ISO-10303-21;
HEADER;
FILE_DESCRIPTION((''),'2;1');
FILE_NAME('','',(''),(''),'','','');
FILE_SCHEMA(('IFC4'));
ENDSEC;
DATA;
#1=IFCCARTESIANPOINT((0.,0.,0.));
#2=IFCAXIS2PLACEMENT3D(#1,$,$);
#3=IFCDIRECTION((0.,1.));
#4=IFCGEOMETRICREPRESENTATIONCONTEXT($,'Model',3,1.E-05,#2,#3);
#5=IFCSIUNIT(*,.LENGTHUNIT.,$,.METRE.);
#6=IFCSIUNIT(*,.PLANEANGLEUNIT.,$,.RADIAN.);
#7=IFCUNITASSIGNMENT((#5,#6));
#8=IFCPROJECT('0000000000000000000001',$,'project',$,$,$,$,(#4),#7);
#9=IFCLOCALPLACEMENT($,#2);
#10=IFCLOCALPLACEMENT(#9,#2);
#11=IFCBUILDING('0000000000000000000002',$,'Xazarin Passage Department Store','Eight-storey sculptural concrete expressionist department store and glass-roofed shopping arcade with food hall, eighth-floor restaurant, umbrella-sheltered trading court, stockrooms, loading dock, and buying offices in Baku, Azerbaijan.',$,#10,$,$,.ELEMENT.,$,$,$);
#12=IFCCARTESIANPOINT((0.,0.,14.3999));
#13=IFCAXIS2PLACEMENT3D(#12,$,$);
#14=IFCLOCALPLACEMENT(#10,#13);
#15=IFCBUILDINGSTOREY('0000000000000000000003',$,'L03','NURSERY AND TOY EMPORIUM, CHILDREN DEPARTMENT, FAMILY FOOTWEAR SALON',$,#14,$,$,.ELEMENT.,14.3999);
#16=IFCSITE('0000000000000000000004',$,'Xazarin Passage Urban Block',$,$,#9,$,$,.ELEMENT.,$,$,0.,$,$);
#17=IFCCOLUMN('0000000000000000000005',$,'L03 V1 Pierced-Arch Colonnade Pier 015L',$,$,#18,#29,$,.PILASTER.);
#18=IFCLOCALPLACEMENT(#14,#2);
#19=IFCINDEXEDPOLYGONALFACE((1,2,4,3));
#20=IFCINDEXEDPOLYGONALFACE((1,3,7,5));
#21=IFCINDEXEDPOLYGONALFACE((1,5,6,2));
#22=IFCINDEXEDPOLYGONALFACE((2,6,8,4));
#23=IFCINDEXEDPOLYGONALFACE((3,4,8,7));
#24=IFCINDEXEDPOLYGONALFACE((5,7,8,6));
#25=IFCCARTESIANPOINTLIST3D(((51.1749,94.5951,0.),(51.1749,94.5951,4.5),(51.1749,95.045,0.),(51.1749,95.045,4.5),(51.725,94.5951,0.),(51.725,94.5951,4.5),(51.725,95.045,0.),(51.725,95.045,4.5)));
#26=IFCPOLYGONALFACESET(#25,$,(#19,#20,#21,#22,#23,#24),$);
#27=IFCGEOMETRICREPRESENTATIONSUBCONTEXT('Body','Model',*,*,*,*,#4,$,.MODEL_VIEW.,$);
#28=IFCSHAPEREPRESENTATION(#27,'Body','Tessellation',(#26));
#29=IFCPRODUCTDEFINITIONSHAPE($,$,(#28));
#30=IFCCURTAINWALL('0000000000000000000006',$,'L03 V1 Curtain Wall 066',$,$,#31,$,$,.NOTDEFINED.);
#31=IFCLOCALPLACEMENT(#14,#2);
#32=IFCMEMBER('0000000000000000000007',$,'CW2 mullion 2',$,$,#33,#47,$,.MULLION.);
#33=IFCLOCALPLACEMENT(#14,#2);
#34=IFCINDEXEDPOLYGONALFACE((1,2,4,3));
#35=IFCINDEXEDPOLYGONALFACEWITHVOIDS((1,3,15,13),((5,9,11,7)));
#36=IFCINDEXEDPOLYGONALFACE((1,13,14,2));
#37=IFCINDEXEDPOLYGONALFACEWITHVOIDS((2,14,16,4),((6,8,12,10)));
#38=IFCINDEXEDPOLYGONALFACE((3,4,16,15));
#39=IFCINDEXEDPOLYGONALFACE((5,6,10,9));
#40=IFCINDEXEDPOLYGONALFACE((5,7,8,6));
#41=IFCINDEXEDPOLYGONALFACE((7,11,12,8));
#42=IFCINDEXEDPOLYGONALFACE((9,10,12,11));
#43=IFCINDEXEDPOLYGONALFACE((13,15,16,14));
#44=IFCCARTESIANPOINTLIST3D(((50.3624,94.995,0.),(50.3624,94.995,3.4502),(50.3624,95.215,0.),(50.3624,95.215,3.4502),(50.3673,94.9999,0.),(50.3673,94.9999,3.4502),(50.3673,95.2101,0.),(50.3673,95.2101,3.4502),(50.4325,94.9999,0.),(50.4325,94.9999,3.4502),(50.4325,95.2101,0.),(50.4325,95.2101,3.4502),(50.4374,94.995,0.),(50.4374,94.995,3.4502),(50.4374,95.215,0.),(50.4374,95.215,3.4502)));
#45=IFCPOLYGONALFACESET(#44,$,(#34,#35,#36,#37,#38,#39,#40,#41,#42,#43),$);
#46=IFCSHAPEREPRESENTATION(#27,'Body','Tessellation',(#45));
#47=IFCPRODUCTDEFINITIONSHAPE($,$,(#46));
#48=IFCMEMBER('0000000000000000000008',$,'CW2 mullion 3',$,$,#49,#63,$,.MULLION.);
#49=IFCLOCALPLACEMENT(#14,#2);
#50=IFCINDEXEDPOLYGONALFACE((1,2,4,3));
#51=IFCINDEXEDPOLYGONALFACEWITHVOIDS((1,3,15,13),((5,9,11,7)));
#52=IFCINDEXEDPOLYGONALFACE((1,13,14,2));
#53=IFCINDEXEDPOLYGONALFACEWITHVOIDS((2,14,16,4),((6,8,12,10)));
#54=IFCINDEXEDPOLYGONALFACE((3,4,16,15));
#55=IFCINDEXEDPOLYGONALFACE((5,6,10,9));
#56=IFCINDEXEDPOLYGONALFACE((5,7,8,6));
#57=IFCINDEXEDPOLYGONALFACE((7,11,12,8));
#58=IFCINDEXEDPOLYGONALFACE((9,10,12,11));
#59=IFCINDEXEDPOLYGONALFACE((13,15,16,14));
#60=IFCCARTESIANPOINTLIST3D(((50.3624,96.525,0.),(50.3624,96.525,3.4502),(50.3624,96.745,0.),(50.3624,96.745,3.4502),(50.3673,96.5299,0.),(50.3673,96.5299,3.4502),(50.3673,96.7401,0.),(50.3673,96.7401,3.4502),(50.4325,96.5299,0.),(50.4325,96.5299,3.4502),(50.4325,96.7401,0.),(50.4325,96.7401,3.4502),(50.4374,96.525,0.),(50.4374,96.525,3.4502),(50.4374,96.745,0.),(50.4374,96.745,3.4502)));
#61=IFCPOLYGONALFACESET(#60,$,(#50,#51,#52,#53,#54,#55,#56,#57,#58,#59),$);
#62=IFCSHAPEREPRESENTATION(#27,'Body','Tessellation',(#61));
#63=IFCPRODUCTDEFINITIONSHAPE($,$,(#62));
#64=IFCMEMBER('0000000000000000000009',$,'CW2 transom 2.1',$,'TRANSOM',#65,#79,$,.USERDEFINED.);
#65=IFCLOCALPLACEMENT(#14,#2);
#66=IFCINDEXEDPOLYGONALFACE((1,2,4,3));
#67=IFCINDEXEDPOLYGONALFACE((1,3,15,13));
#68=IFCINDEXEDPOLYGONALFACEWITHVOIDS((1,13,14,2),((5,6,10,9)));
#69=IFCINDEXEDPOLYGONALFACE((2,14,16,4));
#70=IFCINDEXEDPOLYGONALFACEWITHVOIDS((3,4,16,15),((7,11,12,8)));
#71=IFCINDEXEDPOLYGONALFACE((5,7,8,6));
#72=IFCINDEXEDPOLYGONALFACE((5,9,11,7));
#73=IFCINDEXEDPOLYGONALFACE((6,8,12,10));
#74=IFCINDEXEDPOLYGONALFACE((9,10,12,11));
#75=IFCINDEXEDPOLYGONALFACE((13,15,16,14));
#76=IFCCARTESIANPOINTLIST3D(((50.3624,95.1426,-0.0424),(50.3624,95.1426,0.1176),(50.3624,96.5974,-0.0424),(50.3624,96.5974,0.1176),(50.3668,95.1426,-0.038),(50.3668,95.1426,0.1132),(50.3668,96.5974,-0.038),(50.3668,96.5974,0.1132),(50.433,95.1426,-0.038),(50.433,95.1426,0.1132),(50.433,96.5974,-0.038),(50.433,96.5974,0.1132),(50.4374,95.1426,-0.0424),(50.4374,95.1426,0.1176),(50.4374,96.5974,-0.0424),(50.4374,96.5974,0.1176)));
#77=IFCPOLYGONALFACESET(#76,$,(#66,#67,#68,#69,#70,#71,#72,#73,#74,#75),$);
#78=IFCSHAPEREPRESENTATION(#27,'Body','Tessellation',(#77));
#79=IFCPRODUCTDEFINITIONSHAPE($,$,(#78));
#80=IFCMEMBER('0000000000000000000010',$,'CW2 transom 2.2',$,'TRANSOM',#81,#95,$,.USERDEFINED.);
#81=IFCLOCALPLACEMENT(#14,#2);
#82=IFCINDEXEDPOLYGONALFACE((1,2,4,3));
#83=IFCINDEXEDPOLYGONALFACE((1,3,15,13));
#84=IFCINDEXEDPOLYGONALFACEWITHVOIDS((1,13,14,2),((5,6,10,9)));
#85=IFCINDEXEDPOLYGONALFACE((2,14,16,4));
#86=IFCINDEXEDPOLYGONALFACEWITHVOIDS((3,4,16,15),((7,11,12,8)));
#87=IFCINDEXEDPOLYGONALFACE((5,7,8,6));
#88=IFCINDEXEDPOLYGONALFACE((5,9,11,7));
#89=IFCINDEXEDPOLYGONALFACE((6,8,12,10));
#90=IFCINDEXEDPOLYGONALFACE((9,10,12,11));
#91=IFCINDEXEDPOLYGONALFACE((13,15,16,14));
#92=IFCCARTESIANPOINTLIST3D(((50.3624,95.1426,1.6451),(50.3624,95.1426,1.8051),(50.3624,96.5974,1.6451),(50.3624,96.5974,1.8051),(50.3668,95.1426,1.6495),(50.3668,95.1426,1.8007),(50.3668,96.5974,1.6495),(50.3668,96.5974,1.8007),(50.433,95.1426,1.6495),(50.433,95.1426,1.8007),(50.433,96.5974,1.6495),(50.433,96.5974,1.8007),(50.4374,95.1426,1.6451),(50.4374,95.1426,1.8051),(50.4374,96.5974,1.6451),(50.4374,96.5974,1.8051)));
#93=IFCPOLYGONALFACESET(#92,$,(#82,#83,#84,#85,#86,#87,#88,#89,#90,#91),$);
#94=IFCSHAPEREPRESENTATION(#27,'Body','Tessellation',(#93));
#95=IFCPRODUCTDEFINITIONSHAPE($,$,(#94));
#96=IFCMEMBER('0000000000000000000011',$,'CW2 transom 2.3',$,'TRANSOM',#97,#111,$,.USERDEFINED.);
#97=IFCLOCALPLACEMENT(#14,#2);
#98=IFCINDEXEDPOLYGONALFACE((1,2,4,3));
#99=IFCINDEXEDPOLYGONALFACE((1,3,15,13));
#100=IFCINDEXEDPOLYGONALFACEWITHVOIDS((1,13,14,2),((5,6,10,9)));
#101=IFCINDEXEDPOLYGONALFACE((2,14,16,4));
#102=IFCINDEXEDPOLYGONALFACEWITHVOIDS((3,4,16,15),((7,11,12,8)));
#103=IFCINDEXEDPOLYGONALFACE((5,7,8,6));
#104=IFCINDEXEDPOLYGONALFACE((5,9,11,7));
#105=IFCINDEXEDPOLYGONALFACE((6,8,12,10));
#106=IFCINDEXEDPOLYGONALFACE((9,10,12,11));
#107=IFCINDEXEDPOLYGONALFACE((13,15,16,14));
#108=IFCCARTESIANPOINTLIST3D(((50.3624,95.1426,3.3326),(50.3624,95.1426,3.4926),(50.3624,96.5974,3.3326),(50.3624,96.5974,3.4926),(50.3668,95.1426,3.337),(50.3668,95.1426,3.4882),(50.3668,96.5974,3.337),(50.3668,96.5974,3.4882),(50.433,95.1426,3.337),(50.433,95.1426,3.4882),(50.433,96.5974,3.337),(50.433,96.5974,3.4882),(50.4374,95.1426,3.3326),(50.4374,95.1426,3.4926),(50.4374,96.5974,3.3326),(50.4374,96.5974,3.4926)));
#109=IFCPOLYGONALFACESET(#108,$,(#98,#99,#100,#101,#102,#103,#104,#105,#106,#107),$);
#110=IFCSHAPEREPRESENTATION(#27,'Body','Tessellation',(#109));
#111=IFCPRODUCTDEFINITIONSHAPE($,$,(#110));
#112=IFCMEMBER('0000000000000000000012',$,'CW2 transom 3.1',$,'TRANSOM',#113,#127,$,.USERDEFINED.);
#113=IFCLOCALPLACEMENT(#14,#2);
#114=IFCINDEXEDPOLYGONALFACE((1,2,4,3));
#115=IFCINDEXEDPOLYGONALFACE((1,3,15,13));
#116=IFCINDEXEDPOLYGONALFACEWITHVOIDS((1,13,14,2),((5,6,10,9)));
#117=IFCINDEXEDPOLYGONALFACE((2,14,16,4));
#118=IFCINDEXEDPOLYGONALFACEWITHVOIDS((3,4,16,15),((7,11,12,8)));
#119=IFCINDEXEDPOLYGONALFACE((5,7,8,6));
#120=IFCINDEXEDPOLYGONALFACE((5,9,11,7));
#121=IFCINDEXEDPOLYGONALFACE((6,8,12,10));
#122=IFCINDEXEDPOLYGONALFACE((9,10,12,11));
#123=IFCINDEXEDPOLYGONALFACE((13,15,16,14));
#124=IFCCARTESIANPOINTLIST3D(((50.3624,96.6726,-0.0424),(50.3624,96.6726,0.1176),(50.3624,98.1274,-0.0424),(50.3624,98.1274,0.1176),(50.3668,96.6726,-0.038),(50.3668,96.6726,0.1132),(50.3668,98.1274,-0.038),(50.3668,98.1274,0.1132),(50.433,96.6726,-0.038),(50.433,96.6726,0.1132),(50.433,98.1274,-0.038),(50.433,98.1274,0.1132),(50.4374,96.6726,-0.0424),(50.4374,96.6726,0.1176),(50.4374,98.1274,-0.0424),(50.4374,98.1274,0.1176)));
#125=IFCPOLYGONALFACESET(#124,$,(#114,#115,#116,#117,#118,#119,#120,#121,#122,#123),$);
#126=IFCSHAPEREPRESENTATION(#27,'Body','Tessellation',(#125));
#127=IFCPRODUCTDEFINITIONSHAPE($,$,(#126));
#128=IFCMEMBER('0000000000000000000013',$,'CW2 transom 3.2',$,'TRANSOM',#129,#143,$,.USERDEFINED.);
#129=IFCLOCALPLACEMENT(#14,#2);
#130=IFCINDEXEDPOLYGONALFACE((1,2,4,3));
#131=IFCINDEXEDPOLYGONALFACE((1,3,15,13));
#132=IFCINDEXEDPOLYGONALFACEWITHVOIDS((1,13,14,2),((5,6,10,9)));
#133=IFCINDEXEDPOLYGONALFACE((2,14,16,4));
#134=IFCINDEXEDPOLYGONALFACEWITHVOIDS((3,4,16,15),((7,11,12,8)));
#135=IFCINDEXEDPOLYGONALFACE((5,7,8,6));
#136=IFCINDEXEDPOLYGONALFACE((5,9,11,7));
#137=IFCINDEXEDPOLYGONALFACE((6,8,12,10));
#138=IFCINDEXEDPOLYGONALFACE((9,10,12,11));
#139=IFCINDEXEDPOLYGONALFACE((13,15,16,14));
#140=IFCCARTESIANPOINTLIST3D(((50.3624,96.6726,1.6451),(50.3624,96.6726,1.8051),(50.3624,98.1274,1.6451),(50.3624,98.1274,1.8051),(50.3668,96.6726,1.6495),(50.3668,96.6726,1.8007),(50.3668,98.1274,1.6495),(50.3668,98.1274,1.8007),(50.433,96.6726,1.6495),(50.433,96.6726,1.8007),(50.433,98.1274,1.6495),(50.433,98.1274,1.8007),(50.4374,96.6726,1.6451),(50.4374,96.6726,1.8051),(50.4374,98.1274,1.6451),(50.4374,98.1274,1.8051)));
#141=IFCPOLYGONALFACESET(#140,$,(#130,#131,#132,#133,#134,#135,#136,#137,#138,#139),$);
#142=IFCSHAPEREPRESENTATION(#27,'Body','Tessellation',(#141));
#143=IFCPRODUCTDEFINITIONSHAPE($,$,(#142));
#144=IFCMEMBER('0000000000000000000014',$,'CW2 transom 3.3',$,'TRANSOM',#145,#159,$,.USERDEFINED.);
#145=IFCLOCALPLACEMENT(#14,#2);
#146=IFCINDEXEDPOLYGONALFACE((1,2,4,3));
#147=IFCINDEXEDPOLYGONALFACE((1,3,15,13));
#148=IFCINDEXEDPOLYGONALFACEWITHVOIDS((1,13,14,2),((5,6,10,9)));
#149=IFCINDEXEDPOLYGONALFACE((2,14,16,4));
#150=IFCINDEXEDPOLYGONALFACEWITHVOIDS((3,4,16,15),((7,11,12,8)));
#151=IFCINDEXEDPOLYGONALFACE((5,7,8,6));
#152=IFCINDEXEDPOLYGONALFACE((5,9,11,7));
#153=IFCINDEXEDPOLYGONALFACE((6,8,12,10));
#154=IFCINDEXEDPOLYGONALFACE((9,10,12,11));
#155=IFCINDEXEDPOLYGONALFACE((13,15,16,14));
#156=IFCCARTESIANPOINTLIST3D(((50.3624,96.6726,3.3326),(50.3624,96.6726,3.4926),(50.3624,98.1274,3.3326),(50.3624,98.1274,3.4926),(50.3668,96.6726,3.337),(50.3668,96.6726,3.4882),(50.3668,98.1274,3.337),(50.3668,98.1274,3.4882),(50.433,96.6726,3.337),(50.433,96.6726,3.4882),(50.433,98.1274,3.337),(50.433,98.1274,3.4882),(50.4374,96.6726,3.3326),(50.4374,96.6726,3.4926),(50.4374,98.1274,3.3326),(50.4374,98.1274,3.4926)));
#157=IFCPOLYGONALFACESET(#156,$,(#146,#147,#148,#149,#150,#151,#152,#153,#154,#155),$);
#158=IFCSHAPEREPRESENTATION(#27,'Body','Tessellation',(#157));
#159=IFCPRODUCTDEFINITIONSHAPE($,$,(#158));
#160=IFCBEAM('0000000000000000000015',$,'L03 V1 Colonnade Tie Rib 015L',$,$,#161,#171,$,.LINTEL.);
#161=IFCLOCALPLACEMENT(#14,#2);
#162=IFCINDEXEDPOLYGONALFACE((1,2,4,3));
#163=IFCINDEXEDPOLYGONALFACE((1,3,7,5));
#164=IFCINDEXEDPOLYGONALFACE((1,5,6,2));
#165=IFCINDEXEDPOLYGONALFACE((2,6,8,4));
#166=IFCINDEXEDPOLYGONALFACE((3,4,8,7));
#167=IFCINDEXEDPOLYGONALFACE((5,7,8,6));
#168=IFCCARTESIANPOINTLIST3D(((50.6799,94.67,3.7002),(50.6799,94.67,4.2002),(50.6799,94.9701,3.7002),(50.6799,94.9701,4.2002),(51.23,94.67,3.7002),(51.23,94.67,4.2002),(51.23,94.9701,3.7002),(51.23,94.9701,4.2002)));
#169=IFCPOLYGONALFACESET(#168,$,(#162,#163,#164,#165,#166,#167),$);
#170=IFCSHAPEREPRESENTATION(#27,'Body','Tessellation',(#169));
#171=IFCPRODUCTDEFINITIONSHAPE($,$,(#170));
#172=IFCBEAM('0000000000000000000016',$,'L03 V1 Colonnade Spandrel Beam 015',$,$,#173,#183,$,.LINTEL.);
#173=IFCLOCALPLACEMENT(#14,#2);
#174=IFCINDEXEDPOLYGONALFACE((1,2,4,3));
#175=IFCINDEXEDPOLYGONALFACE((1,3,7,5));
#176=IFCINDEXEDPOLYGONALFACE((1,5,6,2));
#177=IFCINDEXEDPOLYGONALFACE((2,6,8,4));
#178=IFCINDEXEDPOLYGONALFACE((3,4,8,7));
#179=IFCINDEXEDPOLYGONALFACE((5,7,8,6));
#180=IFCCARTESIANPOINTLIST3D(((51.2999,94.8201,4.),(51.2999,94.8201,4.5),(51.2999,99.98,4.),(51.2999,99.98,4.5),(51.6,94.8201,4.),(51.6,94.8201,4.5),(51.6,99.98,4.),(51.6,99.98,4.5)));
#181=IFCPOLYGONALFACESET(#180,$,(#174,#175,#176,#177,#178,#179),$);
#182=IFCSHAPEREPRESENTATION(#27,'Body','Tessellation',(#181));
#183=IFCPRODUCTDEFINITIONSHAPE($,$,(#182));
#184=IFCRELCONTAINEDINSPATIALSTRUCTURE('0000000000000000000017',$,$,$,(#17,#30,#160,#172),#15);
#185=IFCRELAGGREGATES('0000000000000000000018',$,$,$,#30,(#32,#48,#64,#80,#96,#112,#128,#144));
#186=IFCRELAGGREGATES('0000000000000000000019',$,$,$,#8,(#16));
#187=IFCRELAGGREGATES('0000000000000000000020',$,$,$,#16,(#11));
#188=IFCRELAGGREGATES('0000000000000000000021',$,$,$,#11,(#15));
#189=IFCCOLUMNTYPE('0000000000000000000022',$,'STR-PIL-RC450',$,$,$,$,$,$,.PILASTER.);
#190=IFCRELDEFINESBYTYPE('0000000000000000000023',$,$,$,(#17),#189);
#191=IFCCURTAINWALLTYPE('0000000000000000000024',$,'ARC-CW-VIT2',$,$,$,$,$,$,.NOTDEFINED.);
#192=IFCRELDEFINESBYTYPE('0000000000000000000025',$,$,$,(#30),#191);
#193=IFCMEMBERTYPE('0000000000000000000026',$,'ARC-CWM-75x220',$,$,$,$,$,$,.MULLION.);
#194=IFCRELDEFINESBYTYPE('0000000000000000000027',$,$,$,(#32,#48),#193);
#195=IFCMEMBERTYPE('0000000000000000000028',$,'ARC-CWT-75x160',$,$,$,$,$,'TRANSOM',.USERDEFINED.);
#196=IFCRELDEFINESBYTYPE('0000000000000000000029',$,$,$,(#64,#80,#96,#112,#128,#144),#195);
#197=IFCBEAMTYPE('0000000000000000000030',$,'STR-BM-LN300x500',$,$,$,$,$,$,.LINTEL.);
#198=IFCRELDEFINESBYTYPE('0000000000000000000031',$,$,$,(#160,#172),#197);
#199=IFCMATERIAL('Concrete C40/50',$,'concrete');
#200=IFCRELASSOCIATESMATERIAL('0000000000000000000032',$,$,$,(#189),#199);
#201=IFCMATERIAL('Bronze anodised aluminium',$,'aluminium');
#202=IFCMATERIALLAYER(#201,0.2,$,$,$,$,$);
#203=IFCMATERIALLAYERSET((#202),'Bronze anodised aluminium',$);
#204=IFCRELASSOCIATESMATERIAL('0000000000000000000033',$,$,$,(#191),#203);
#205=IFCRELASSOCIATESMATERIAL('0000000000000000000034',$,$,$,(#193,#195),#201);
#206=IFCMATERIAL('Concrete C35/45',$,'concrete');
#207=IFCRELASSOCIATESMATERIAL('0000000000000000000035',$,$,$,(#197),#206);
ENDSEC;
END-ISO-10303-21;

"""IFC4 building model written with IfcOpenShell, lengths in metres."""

from ifc_helpers import new_model, si_unit, direction, frame, origin, origin_2d, place, context, subcontext, project, spatial, rectangle, hollow_rectangle, extrude, material, layer, layer_set, material_profile, profile_set, type_object, element, aggregate, save


model = new_model("IFC4")

# Units and contexts
model_context = context("Model", 3, precision=1e-05, world=origin(), true_north=direction((0.0, 1.0)))
body_context = subcontext(model_context, "Body", "Model", "MODEL_VIEW")
ifc_project = project(units=[si_unit("LENGTHUNIT", "METRE"), si_unit("PLANEANGLEUNIT", "RADIAN")], contexts=[model_context])

# Site, building, storey
site_placement = place(None, origin())
site = spatial("IfcSite", under=ifc_project, at=site_placement, Name="Xazarin Passage Urban Block", CompositionType="ELEMENT", RefElevation=0.0)
building_placement = place(site_placement, origin())
building = spatial("IfcBuilding", under=site, at=building_placement, Name="Xazarin Passage Department Store", Description="Eight-storey sculptural concrete expressionist department store and glass-roofed shopping arcade with food hall, eighth-floor restaurant, umbrella-sheltered trading court, stockrooms, loading dock, and buying offices in Baku, Azerbaijan.", CompositionType="ELEMENT")
storey_placement = place(building_placement, frame((0.0, 0.0, 14.3999)))
storey = spatial("IfcBuildingStorey", under=building, at=storey_placement, Name="L03", Description="NURSERY AND TOY EMPORIUM, CHILDREN DEPARTMENT, FAMILY FOOTWEAR SALON", CompositionType="ELEMENT", Elevation=14.3999)

# Column
ifc_material_1 = material(Name="Concrete C40/50", Category="concrete")
ifc_material_profile_1 = material_profile(ifc_material_1, rectangle(XDim=0.45, YDim=0.55, at=origin_2d()), Name="RC 450x550")
ifc_profile_set_1 = profile_set([ifc_material_profile_1], Name="Concrete C40/50")
column_type = type_object("IfcColumnType", Name="STR-PIL-RC450", PredefinedType="PILASTER", material=ifc_profile_set_1)
column_placement = place(storey_placement, frame((51.45, 94.8201, 0.0), z_axis=(0.0, 0.0, 1.0), x_axis=(0.0, 1.0, 0.0)))
element("IfcColumn", 1, at=column_placement, inside=storey, type_object=column_type, Name="L03 V1 Pierced-Arch Colonnade Pier 015L", PredefinedType="PILASTER", context=body_context, shape_type="SweptSolid", body=[
    extrude(rectangle(XDim=0.45, YDim=0.55, at=origin_2d()), origin(), (0.0, 0.0, 1.0), 4.5),
])

# Curtain wall, members
ifc_material_2 = material(Name="Bronze anodised aluminium", Category="aluminium")
ifc_layer_1 = layer(ifc_material_2, 0.2)
ifc_layer_set_1 = layer_set([ifc_layer_1], Name="Bronze anodised aluminium")
curtain_wall_type = type_object("IfcCurtainWallType", Name="ARC-CW-VIT2", PredefinedType="NOTDEFINED", material=ifc_layer_set_1)
curtain_wall_placement = place(storey_placement, origin())
curtain_wall = element("IfcCurtainWall", 2, at=curtain_wall_placement, inside=storey, type_object=curtain_wall_type, Name="L03 V1 Curtain Wall 066", PredefinedType="NOTDEFINED")
ifc_material_profile_2 = material_profile(ifc_material_2, hollow_rectangle(XDim=0.075, YDim=0.22, WallThickness=0.0049, at=origin_2d()), Name="ALU 75x220")
ifc_profile_set_2 = profile_set([ifc_material_profile_2], Name="Bronze anodised aluminium")
member_type_1 = type_object("IfcMemberType", Name="ARC-CWM-75x220", PredefinedType="MULLION", material=ifc_profile_set_2)
member_1_placement = place(storey_placement, frame((50.3999, 95.105, 0.0), z_axis=(0.0, 0.0, 1.0), x_axis=(-1.0, 0.0, 0.0)))
member_1 = element("IfcMember", 3, at=member_1_placement, type_object=member_type_1, Name="CW2 mullion 2", PredefinedType="MULLION", context=body_context, shape_type="SweptSolid", body=[
    extrude(hollow_rectangle(XDim=0.075, YDim=0.22, WallThickness=0.0049, at=origin_2d()), origin(), (0.0, 0.0, 1.0), 3.4502),
])
member_2_placement = place(storey_placement, frame((50.3999, 96.635, 0.0), z_axis=(0.0, 0.0, 1.0), x_axis=(-1.0, 0.0, 0.0)))
member_2 = element("IfcMember", 4, at=member_2_placement, type_object=member_type_1, Name="CW2 mullion 3", PredefinedType="MULLION", context=body_context, shape_type="SweptSolid", body=[
    extrude(hollow_rectangle(XDim=0.075, YDim=0.22, WallThickness=0.0049, at=origin_2d()), origin(), (0.0, 0.0, 1.0), 3.4502),
])
ifc_material_profile_3 = material_profile(ifc_material_2, hollow_rectangle(XDim=0.075, YDim=0.1599, WallThickness=0.0044, at=origin_2d()), Name="ALU 75x160")
ifc_profile_set_3 = profile_set([ifc_material_profile_3], Name="Bronze anodised aluminium")
member_type_2 = type_object("IfcMemberType", Name="ARC-CWT-75x160", ElementType="TRANSOM", PredefinedType="USERDEFINED", material=ifc_profile_set_3)
member_3_placement = place(storey_placement, frame((50.3999, 95.1426, 0.0376), z_axis=(0.0, 1.0, 0.0), x_axis=(-1.0, 0.0, 0.0)))
member_3 = element("IfcMember", 5, at=member_3_placement, type_object=member_type_2, Name="CW2 transom 2.1", ObjectType="TRANSOM", PredefinedType="USERDEFINED", context=body_context, shape_type="SweptSolid", body=[
    extrude(hollow_rectangle(XDim=0.075, YDim=0.1599, WallThickness=0.0044, at=origin_2d()), origin(), (0.0, 0.0, 1.0), 1.4548),
])
member_4_placement = place(storey_placement, frame((50.3999, 95.1426, 1.7251), z_axis=(0.0, 1.0, 0.0), x_axis=(-1.0, 0.0, 0.0)))
member_4 = element("IfcMember", 6, at=member_4_placement, type_object=member_type_2, Name="CW2 transom 2.2", ObjectType="TRANSOM", PredefinedType="USERDEFINED", context=body_context, shape_type="SweptSolid", body=[
    extrude(hollow_rectangle(XDim=0.075, YDim=0.1599, WallThickness=0.0044, at=origin_2d()), origin(), (0.0, 0.0, 1.0), 1.4548),
])
member_5_placement = place(storey_placement, frame((50.3999, 95.1426, 3.4126), z_axis=(0.0, 1.0, 0.0), x_axis=(-1.0, 0.0, 0.0)))
member_5 = element("IfcMember", 7, at=member_5_placement, type_object=member_type_2, Name="CW2 transom 2.3", ObjectType="TRANSOM", PredefinedType="USERDEFINED", context=body_context, shape_type="SweptSolid", body=[
    extrude(hollow_rectangle(XDim=0.075, YDim=0.1599, WallThickness=0.0044, at=origin_2d()), origin(), (0.0, 0.0, 1.0), 1.4548),
])
member_6_placement = place(storey_placement, frame((50.3999, 96.6726, 0.0376), z_axis=(0.0, 1.0, 0.0), x_axis=(-1.0, 0.0, 0.0)))
member_6 = element("IfcMember", 8, at=member_6_placement, type_object=member_type_2, Name="CW2 transom 3.1", ObjectType="TRANSOM", PredefinedType="USERDEFINED", context=body_context, shape_type="SweptSolid", body=[
    extrude(hollow_rectangle(XDim=0.075, YDim=0.1599, WallThickness=0.0044, at=origin_2d()), origin(), (0.0, 0.0, 1.0), 1.4548),
])
member_7_placement = place(storey_placement, frame((50.3999, 96.6726, 1.7251), z_axis=(0.0, 1.0, 0.0), x_axis=(-1.0, 0.0, 0.0)))
member_7 = element("IfcMember", 9, at=member_7_placement, type_object=member_type_2, Name="CW2 transom 3.2", ObjectType="TRANSOM", PredefinedType="USERDEFINED", context=body_context, shape_type="SweptSolid", body=[
    extrude(hollow_rectangle(XDim=0.075, YDim=0.1599, WallThickness=0.0044, at=origin_2d()), origin(), (0.0, 0.0, 1.0), 1.4548),
])
member_8_placement = place(storey_placement, frame((50.3999, 96.6726, 3.4126), z_axis=(0.0, 1.0, 0.0), x_axis=(-1.0, 0.0, 0.0)))
member_8 = element("IfcMember", 10, at=member_8_placement, type_object=member_type_2, Name="CW2 transom 3.3", ObjectType="TRANSOM", PredefinedType="USERDEFINED", context=body_context, shape_type="SweptSolid", body=[
    extrude(hollow_rectangle(XDim=0.075, YDim=0.1599, WallThickness=0.0044, at=origin_2d()), origin(), (0.0, 0.0, 1.0), 1.4548),
])

# Beams
ifc_material_3 = material(Name="Concrete C35/45", Category="concrete")
ifc_material_profile_4 = material_profile(ifc_material_3, rectangle(XDim=0.3, YDim=0.5, at=origin_2d()), Name="RC 300x500")
ifc_profile_set_4 = profile_set([ifc_material_profile_4], Name="Concrete C35/45")
beam_type = type_object("IfcBeamType", Name="STR-BM-LN300x500", PredefinedType="LINTEL", material=ifc_profile_set_4)
beam_1_placement = place(storey_placement, frame((50.6799, 94.8201, 3.9502), z_axis=(1.0, 0.0, 0.0), x_axis=(0.0, 1.0, 0.0)))
element("IfcBeam", 11, at=beam_1_placement, inside=storey, type_object=beam_type, Name="L03 V1 Colonnade Tie Rib 015L", PredefinedType="LINTEL", context=body_context, shape_type="SweptSolid", body=[
    extrude(rectangle(XDim=0.3, YDim=0.5, at=origin_2d()), origin(), (0.0, 0.0, 1.0), 0.55),
])
beam_2_placement = place(storey_placement, frame((51.45, 94.8201, 4.25), z_axis=(0.0, 1.0, 0.0), x_axis=(-1.0, 0.0, 0.0)))
element("IfcBeam", 12, at=beam_2_placement, inside=storey, type_object=beam_type, Name="L03 V1 Colonnade Spandrel Beam 015", PredefinedType="LINTEL", context=body_context, shape_type="SweptSolid", body=[
    extrude(rectangle(XDim=0.3, YDim=0.5, at=origin_2d()), origin(), (0.0, 0.0, 1.0), 5.1599),
])

aggregate(curtain_wall, [member_1, member_2, member_3, member_4, member_5, member_6, member_7, member_8])

save(model, "model.ifc")
